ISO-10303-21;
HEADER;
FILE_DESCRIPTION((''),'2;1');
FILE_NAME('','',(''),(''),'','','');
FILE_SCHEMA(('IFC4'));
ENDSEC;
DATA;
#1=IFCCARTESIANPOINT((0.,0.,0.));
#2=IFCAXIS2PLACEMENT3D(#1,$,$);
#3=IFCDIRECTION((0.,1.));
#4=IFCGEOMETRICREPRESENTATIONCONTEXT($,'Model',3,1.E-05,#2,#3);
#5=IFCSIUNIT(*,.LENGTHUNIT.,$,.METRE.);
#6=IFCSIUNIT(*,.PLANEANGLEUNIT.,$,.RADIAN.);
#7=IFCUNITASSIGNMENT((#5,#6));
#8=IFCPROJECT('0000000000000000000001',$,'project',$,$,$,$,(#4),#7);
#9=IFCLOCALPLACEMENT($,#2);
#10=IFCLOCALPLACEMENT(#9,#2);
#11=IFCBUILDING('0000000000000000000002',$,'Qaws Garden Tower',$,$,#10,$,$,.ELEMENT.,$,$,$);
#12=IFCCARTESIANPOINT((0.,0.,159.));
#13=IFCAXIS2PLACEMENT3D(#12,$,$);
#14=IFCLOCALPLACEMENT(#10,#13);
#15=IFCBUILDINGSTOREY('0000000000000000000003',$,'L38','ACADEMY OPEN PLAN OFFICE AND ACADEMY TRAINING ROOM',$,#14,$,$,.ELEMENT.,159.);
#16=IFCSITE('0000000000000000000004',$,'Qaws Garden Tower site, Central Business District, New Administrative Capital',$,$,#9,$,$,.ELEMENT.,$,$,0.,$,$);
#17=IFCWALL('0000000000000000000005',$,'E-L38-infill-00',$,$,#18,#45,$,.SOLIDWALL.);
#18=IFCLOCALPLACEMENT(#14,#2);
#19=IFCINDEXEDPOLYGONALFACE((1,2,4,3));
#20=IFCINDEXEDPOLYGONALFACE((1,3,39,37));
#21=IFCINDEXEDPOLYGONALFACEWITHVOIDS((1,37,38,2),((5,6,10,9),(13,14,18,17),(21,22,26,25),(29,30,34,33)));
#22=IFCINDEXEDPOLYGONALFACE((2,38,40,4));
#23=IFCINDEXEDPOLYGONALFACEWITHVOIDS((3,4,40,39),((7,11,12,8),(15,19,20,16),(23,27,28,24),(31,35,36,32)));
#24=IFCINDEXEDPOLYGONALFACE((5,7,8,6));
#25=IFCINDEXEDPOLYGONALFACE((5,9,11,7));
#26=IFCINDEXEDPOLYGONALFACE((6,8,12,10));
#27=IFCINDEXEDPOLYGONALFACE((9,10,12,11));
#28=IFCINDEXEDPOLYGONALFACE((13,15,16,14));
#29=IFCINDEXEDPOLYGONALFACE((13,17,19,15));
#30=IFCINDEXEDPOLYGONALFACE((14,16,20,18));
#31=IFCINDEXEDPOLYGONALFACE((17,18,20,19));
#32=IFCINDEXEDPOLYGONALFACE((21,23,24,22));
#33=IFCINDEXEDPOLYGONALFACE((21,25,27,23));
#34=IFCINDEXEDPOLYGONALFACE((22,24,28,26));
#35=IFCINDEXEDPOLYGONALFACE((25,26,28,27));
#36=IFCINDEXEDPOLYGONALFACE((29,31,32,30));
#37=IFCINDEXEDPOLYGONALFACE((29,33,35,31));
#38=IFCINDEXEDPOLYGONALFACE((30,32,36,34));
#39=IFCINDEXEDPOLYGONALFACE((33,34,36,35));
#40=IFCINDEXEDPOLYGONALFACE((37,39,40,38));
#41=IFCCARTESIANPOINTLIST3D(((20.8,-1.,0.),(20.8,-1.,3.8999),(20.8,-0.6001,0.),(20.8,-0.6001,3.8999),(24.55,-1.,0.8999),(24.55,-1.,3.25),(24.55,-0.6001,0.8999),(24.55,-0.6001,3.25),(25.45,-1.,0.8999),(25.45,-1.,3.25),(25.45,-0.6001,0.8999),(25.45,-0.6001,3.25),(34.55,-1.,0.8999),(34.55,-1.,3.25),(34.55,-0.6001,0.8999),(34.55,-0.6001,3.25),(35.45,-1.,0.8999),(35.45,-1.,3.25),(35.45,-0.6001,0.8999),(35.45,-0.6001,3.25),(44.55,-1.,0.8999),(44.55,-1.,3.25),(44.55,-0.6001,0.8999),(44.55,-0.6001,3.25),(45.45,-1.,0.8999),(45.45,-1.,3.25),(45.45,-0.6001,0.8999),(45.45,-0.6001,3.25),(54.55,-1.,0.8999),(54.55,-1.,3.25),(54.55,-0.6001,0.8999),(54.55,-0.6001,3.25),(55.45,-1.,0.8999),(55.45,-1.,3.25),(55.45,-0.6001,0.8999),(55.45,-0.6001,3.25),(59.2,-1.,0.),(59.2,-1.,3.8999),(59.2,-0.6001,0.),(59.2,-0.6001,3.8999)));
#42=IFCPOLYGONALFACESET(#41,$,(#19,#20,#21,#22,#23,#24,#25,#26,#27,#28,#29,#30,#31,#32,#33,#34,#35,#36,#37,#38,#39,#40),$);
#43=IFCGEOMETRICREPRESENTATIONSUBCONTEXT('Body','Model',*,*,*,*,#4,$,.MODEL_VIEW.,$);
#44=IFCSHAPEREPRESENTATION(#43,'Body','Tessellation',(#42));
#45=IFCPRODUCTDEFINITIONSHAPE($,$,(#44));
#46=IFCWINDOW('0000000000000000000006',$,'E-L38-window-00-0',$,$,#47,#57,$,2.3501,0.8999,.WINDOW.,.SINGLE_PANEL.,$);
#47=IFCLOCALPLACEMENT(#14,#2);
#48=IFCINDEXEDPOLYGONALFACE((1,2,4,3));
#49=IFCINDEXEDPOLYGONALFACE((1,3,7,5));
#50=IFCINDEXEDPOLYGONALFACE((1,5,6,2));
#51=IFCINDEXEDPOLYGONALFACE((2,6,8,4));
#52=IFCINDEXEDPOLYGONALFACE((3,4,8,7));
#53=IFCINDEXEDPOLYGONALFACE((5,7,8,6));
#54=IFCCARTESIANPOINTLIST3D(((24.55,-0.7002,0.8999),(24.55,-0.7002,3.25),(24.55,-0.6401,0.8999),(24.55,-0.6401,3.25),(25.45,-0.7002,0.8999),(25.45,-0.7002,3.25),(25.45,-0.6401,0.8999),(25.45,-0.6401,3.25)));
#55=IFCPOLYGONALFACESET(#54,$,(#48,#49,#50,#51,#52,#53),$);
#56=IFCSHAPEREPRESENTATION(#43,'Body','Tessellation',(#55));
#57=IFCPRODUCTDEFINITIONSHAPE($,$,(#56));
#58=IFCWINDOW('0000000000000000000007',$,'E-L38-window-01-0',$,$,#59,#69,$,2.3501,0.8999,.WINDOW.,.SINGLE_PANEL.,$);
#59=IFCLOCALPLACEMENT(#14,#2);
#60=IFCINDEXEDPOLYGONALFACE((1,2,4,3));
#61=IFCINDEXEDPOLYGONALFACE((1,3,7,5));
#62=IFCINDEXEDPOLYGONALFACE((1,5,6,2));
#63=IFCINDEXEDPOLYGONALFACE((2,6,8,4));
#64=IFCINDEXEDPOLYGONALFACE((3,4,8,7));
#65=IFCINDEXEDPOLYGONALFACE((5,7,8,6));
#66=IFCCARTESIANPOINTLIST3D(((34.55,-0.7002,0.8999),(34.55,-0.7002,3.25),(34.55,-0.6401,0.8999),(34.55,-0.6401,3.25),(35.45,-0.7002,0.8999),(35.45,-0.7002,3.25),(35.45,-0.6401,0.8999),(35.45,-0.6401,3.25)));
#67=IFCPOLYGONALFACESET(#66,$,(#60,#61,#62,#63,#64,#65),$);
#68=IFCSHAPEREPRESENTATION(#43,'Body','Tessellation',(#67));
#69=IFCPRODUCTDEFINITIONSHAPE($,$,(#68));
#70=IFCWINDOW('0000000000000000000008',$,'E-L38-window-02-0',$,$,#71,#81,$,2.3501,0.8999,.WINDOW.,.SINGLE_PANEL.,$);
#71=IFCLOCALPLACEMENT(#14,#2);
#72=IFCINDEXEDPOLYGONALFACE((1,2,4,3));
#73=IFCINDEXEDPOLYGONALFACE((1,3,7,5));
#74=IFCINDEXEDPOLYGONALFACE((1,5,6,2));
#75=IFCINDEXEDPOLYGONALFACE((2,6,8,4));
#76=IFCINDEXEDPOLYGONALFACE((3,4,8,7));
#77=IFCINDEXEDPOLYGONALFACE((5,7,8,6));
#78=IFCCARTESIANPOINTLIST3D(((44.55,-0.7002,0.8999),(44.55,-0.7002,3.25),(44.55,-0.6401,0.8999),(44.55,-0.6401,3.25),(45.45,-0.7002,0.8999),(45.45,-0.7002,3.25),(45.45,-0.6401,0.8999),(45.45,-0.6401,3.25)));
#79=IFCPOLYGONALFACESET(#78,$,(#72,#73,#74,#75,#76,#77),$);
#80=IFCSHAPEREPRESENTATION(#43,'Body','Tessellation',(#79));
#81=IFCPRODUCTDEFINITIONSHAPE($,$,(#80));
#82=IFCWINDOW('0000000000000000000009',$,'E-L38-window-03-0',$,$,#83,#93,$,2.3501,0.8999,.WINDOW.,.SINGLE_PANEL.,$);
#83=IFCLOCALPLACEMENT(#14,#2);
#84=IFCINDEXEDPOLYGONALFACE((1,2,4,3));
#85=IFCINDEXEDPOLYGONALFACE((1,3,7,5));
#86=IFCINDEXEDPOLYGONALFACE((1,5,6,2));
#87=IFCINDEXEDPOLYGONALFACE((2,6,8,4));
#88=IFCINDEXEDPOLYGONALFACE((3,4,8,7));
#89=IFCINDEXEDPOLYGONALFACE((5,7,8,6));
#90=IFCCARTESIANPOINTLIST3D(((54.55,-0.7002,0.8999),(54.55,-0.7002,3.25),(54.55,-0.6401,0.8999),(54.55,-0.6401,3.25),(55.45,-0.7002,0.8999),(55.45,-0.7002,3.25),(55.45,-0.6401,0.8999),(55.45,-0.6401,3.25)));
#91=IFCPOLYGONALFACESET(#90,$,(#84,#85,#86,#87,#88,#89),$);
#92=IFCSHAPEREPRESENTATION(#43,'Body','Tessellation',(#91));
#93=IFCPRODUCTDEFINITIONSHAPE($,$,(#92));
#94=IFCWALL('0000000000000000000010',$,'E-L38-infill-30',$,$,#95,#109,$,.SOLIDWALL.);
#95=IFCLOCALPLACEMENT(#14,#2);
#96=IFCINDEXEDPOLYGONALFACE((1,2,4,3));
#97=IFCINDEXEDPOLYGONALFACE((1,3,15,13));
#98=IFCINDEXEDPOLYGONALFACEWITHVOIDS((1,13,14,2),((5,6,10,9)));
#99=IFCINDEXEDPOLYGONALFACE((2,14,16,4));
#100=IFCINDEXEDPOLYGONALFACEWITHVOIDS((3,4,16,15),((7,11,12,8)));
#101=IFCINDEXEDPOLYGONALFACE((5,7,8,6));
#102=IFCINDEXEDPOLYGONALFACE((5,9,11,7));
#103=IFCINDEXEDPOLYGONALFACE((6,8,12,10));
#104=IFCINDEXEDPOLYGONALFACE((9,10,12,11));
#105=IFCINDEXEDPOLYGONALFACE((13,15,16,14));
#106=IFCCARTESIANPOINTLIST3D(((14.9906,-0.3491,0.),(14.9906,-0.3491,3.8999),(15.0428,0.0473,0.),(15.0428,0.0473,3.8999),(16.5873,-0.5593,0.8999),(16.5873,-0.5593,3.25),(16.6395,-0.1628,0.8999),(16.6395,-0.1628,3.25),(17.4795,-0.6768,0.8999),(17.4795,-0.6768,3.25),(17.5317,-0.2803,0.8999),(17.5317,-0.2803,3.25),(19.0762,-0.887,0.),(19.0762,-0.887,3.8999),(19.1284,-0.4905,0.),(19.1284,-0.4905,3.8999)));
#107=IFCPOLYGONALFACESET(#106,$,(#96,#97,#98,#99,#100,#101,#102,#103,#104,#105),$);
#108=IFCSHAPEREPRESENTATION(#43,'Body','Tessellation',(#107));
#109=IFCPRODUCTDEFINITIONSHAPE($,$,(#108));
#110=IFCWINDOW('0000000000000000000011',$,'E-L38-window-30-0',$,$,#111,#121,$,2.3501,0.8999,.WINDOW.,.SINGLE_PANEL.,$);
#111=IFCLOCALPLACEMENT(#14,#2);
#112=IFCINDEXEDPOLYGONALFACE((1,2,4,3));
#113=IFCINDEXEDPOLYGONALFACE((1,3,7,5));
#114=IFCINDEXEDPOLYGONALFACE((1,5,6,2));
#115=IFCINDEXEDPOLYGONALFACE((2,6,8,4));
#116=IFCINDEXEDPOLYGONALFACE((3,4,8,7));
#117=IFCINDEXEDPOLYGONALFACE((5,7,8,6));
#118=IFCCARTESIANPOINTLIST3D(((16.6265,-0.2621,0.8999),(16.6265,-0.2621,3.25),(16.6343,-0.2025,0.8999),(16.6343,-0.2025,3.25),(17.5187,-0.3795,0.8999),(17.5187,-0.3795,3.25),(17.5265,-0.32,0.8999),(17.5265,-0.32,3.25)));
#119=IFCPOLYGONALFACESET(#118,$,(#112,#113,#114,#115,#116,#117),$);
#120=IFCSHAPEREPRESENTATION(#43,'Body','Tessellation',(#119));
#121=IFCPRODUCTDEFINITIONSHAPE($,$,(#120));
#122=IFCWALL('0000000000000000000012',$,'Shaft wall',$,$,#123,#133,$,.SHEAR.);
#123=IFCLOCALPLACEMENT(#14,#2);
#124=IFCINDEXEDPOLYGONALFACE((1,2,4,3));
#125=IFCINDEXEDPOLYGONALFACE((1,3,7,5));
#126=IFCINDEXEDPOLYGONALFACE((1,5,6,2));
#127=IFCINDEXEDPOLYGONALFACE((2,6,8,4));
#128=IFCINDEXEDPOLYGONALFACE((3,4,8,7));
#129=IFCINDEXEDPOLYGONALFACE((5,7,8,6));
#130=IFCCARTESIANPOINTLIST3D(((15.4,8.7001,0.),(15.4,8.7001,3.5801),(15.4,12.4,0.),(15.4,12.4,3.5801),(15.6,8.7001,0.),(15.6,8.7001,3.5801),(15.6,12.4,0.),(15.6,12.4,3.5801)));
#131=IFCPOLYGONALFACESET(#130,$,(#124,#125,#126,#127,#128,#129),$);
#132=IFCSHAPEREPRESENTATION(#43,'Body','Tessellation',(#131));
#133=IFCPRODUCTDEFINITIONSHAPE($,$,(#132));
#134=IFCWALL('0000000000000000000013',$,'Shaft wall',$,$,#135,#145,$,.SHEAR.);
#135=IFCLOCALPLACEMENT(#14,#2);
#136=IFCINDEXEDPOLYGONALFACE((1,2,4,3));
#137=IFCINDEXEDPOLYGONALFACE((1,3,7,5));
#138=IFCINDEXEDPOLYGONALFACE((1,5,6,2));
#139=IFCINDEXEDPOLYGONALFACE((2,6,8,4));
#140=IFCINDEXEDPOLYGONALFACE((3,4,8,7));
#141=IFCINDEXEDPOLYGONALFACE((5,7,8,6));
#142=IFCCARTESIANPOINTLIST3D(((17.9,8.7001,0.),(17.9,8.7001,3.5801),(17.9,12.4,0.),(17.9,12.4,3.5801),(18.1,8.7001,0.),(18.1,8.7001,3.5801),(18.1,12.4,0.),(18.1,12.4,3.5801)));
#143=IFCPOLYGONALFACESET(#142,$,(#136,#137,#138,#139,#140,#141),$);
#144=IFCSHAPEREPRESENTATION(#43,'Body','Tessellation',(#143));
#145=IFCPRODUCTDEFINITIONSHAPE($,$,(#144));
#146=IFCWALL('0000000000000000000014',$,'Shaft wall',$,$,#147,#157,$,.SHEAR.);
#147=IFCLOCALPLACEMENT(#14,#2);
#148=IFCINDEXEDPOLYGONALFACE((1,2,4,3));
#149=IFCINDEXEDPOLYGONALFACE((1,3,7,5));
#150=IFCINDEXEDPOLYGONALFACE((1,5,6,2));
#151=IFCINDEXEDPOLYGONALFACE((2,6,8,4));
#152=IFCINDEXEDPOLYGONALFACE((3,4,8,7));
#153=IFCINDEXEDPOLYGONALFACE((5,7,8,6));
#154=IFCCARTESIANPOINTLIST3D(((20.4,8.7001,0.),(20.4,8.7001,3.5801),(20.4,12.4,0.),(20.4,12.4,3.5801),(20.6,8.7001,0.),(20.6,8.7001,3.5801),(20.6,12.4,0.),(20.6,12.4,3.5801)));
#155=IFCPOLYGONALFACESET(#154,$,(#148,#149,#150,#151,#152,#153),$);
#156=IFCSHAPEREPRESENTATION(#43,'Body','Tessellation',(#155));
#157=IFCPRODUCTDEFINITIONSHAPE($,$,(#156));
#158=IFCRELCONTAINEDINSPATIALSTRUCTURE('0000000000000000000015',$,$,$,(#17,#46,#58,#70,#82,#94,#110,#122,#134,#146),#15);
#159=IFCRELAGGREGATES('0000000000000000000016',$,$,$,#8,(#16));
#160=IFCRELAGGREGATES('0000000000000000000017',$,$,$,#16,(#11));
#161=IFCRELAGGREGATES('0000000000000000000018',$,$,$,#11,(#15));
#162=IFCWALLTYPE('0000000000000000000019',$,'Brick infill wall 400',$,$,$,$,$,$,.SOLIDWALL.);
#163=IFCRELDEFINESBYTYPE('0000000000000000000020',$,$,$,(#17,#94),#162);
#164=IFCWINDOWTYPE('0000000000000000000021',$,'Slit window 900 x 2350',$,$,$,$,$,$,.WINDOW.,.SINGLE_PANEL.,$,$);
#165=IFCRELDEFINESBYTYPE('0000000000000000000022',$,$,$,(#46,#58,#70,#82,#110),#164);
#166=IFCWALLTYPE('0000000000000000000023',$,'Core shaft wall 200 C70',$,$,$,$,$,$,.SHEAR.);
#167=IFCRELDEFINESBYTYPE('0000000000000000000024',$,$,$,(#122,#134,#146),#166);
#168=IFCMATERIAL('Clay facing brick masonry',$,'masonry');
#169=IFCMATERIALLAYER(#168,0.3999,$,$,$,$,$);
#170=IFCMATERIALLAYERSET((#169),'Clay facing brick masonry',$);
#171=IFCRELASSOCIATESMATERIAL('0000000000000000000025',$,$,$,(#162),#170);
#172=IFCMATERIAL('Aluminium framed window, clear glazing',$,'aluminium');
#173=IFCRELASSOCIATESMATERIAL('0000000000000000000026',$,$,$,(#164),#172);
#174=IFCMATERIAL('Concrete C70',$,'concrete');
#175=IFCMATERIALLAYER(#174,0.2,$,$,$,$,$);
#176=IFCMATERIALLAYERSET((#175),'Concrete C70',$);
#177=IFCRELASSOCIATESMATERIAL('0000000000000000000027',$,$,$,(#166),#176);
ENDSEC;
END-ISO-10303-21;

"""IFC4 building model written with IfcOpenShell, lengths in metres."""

from ifc_helpers import new_model, si_unit, direction, frame, frame_2d, origin, place, context, subcontext, project, spatial, rectangle, extrude, material, layer, layer_set, type_object, element, fill, save


model = new_model("IFC4")

# Units and contexts
model_context = context("Model", 3, precision=1e-05, world=origin(), true_north=direction((0.0, 1.0)))
body_context = subcontext(model_context, "Body", "Model", "MODEL_VIEW")
ifc_project = project(units=[si_unit("LENGTHUNIT", "METRE"), si_unit("PLANEANGLEUNIT", "RADIAN")], contexts=[model_context])

# Site, building, storey
site_placement = place(None, origin())
site = spatial("IfcSite", under=ifc_project, at=site_placement, Name="Qaws Garden Tower site, Central Business District, New Administrative Capital", CompositionType="ELEMENT", RefElevation=0.0)
building_placement = place(site_placement, origin())
building = spatial("IfcBuilding", under=site, at=building_placement, Name="Qaws Garden Tower", CompositionType="ELEMENT")
storey_placement = place(building_placement, frame((0.0, 0.0, 159.0)))
storey = spatial("IfcBuildingStorey", under=building, at=storey_placement, Name="L38", Description="ACADEMY OPEN PLAN OFFICE AND ACADEMY TRAINING ROOM", CompositionType="ELEMENT", Elevation=159.0)

# Wall, openings, windows
ifc_material_1 = material(Name="Clay facing brick masonry", Category="masonry")
ifc_layer_1 = layer(ifc_material_1, 0.3999)
ifc_layer_set_1 = layer_set([ifc_layer_1], Name="Clay facing brick masonry")
wall_type_1 = type_object("IfcWallType", Name="Brick infill wall 400", PredefinedType="SOLIDWALL", material=ifc_layer_set_1)
wall_1_placement = place(storey_placement, frame((20.8, -0.8, 0.0), z_axis=(0.0, 0.0, 1.0), x_axis=(1.0, 0.0, 0.0)))
wall_1 = element("IfcWall", 1, at=wall_1_placement, inside=storey, type_object=wall_type_1, Name="E-L38-infill-00", PredefinedType="SOLIDWALL", context=body_context, shape_type="SweptSolid", body=[
    extrude(rectangle(XDim=38.3999, YDim=0.3999, at=frame_2d((19.2, 0.0))), origin(), (0.0, 0.0, 1.0), 3.8999),
])
opening_1_placement = place(wall_1_placement, frame((3.75, 0.0, 0.8999)))
opening_1 = element("IfcOpeningElement", 2, at=opening_1_placement, cuts=wall_1, PredefinedType="OPENING", context=body_context, shape_type="SweptSolid", body=[
    extrude(rectangle(XDim=0.8999, YDim=2.3501, at=frame_2d((0.45, 1.175))), frame((0.0, 0.21, 0.0), z_axis=(0.0, -1.0, 0.0), x_axis=(1.0, 0.0, 0.0)), (0.0, 0.0, 1.0), 0.4199),
])
opening_2_placement = place(wall_1_placement, frame((13.75, 0.0, 0.8999)))
opening_2 = element("IfcOpeningElement", 3, at=opening_2_placement, cuts=wall_1, PredefinedType="OPENING", context=body_context, shape_type="SweptSolid", body=[
    extrude(rectangle(XDim=0.8999, YDim=2.3501, at=frame_2d((0.45, 1.175))), frame((0.0, 0.21, 0.0), z_axis=(0.0, -1.0, 0.0), x_axis=(1.0, 0.0, 0.0)), (0.0, 0.0, 1.0), 0.4199),
])
opening_3_placement = place(wall_1_placement, frame((23.75, 0.0, 0.8999)))
opening_3 = element("IfcOpeningElement", 4, at=opening_3_placement, cuts=wall_1, PredefinedType="OPENING", context=body_context, shape_type="SweptSolid", body=[
    extrude(rectangle(XDim=0.8999, YDim=2.3501, at=frame_2d((0.45, 1.175))), frame((0.0, 0.21, 0.0), z_axis=(0.0, -1.0, 0.0), x_axis=(1.0, 0.0, 0.0)), (0.0, 0.0, 1.0), 0.4199),
])
opening_4_placement = place(wall_1_placement, frame((33.75, 0.0, 0.8999)))
opening_4 = element("IfcOpeningElement", 5, at=opening_4_placement, cuts=wall_1, PredefinedType="OPENING", context=body_context, shape_type="SweptSolid", body=[
    extrude(rectangle(XDim=0.8999, YDim=2.3501, at=frame_2d((0.45, 1.175))), frame((0.0, 0.21, 0.0), z_axis=(0.0, -1.0, 0.0), x_axis=(1.0, 0.0, 0.0)), (0.0, 0.0, 1.0), 0.4199),
])
ifc_material_2 = material(Name="Aluminium framed window, clear glazing", Category="aluminium")
window_type = type_object("IfcWindowType", Name="Slit window 900 x 2350", PartitioningType="SINGLE_PANEL", PredefinedType="WINDOW", material=ifc_material_2)
window_1_placement = place(opening_1_placement, origin())
window_1 = element("IfcWindow", 6, at=window_1_placement, inside=storey, type_object=window_type, Name="E-L38-window-00-0", OverallHeight=2.3501, OverallWidth=0.8999, PartitioningType="SINGLE_PANEL", PredefinedType="WINDOW", context=body_context, shape_type="SweptSolid", body=[
    extrude(rectangle(XDim=0.8999, YDim=2.3501, at=frame_2d((0.45, 1.175))), frame((0.0, 0.1599, 0.0), z_axis=(0.0, -1.0, 0.0), x_axis=(1.0, 0.0, 0.0)), (0.0, 0.0, 1.0), 0.0601),
])
fill(opening_1, window_1)
window_2_placement = place(opening_2_placement, origin())
window_2 = element("IfcWindow", 7, at=window_2_placement, inside=storey, type_object=window_type, Name="E-L38-window-01-0", OverallHeight=2.3501, OverallWidth=0.8999, PartitioningType="SINGLE_PANEL", PredefinedType="WINDOW", context=body_context, shape_type="SweptSolid", body=[
    extrude(rectangle(XDim=0.8999, YDim=2.3501, at=frame_2d((0.45, 1.175))), frame((0.0, 0.1599, 0.0), z_axis=(0.0, -1.0, 0.0), x_axis=(1.0, 0.0, 0.0)), (0.0, 0.0, 1.0), 0.0601),
])
fill(opening_2, window_2)
window_3_placement = place(opening_3_placement, origin())
window_3 = element("IfcWindow", 8, at=window_3_placement, inside=storey, type_object=window_type, Name="E-L38-window-02-0", OverallHeight=2.3501, OverallWidth=0.8999, PartitioningType="SINGLE_PANEL", PredefinedType="WINDOW", context=body_context, shape_type="SweptSolid", body=[
    extrude(rectangle(XDim=0.8999, YDim=2.3501, at=frame_2d((0.45, 1.175))), frame((0.0, 0.1599, 0.0), z_axis=(0.0, -1.0, 0.0), x_axis=(1.0, 0.0, 0.0)), (0.0, 0.0, 1.0), 0.0601),
])
fill(opening_3, window_3)
window_4_placement = place(opening_4_placement, origin())
window_4 = element("IfcWindow", 9, at=window_4_placement, inside=storey, type_object=window_type, Name="E-L38-window-03-0", OverallHeight=2.3501, OverallWidth=0.8999, PartitioningType="SINGLE_PANEL", PredefinedType="WINDOW", context=body_context, shape_type="SweptSolid", body=[
    extrude(rectangle(XDim=0.8999, YDim=2.3501, at=frame_2d((0.45, 1.175))), frame((0.0, 0.1599, 0.0), z_axis=(0.0, -1.0, 0.0), x_axis=(1.0, 0.0, 0.0)), (0.0, 0.0, 1.0), 0.0601),
])
fill(opening_4, window_4)

# Wall, opening, window
wall_2_placement = place(storey_placement, frame((15.0166, -0.1509, 0.0), z_axis=(0.0, 0.0, 1.0), x_axis=(0.991446, -0.130514, 0.0)))
wall_2 = element("IfcWall", 10, at=wall_2_placement, inside=storey, type_object=wall_type_1, Name="E-L38-infill-30", PredefinedType="SOLIDWALL", context=body_context, shape_type="SweptSolid", body=[
    extrude(rectangle(XDim=4.1208, YDim=0.3999, at=frame_2d((2.0605, 0.0))), origin(), (0.0, 0.0, 1.0), 3.8999),
])
opening_5_placement = place(wall_2_placement, frame((1.6106, 0.0, 0.8999)))
opening_5 = element("IfcOpeningElement", 11, at=opening_5_placement, cuts=wall_2, PredefinedType="OPENING", context=body_context, shape_type="SweptSolid", body=[
    extrude(rectangle(XDim=0.8999, YDim=2.3501, at=frame_2d((0.45, 1.175))), frame((0.0, 0.21, 0.0), z_axis=(0.0, -1.0, 0.0), x_axis=(1.0, 0.0, 0.0)), (0.0, 0.0, 1.0), 0.4199),
])
window_5_placement = place(opening_5_placement, origin())
window_5 = element("IfcWindow", 12, at=window_5_placement, inside=storey, type_object=window_type, Name="E-L38-window-30-0", OverallHeight=2.3501, OverallWidth=0.8999, PartitioningType="SINGLE_PANEL", PredefinedType="WINDOW", context=body_context, shape_type="SweptSolid", body=[
    extrude(rectangle(XDim=0.8999, YDim=2.3501, at=frame_2d((0.45, 1.175))), frame((0.0, 0.1599, 0.0), z_axis=(0.0, -1.0, 0.0), x_axis=(1.0, 0.0, 0.0)), (0.0, 0.0, 1.0), 0.0601),
])
fill(opening_5, window_5)

# Walls
ifc_material_3 = material(Name="Concrete C70", Category="concrete")
ifc_layer_2 = layer(ifc_material_3, 0.2)
ifc_layer_set_2 = layer_set([ifc_layer_2], Name="Concrete C70")
wall_type_2 = type_object("IfcWallType", Name="Core shaft wall 200 C70", PredefinedType="SHEAR", material=ifc_layer_set_2)
for number, where, z_axis, x_axis, name in (
    (13, (15.5, 8.7, 0.0), (0.0, 0.0, 1.0), (0.0, 1.0, 0.0), "Shaft wall"),
    (14, (18.0, 8.7, 0.0), (0.0, 0.0, 1.0), (0.0, 1.0, 0.0), "Shaft wall"),
    (15, (20.5, 8.7, 0.0), (0.0, 0.0, 1.0), (0.0, 1.0, 0.0), "Shaft wall"),
):
    element("IfcWall", number, at=place(storey_placement, frame(where, z_axis=z_axis, x_axis=x_axis)), inside=storey, type_object=wall_type_2, Name=name, PredefinedType="SHEAR", context=body_context, shape_type="SweptSolid", body=[
        extrude(rectangle(XDim=3.7, YDim=0.2, at=frame_2d((1.8501, 0.0))), origin(), (0.0, 0.0, 1.0), 3.5801),
    ])

save(model, "model.ifc")
